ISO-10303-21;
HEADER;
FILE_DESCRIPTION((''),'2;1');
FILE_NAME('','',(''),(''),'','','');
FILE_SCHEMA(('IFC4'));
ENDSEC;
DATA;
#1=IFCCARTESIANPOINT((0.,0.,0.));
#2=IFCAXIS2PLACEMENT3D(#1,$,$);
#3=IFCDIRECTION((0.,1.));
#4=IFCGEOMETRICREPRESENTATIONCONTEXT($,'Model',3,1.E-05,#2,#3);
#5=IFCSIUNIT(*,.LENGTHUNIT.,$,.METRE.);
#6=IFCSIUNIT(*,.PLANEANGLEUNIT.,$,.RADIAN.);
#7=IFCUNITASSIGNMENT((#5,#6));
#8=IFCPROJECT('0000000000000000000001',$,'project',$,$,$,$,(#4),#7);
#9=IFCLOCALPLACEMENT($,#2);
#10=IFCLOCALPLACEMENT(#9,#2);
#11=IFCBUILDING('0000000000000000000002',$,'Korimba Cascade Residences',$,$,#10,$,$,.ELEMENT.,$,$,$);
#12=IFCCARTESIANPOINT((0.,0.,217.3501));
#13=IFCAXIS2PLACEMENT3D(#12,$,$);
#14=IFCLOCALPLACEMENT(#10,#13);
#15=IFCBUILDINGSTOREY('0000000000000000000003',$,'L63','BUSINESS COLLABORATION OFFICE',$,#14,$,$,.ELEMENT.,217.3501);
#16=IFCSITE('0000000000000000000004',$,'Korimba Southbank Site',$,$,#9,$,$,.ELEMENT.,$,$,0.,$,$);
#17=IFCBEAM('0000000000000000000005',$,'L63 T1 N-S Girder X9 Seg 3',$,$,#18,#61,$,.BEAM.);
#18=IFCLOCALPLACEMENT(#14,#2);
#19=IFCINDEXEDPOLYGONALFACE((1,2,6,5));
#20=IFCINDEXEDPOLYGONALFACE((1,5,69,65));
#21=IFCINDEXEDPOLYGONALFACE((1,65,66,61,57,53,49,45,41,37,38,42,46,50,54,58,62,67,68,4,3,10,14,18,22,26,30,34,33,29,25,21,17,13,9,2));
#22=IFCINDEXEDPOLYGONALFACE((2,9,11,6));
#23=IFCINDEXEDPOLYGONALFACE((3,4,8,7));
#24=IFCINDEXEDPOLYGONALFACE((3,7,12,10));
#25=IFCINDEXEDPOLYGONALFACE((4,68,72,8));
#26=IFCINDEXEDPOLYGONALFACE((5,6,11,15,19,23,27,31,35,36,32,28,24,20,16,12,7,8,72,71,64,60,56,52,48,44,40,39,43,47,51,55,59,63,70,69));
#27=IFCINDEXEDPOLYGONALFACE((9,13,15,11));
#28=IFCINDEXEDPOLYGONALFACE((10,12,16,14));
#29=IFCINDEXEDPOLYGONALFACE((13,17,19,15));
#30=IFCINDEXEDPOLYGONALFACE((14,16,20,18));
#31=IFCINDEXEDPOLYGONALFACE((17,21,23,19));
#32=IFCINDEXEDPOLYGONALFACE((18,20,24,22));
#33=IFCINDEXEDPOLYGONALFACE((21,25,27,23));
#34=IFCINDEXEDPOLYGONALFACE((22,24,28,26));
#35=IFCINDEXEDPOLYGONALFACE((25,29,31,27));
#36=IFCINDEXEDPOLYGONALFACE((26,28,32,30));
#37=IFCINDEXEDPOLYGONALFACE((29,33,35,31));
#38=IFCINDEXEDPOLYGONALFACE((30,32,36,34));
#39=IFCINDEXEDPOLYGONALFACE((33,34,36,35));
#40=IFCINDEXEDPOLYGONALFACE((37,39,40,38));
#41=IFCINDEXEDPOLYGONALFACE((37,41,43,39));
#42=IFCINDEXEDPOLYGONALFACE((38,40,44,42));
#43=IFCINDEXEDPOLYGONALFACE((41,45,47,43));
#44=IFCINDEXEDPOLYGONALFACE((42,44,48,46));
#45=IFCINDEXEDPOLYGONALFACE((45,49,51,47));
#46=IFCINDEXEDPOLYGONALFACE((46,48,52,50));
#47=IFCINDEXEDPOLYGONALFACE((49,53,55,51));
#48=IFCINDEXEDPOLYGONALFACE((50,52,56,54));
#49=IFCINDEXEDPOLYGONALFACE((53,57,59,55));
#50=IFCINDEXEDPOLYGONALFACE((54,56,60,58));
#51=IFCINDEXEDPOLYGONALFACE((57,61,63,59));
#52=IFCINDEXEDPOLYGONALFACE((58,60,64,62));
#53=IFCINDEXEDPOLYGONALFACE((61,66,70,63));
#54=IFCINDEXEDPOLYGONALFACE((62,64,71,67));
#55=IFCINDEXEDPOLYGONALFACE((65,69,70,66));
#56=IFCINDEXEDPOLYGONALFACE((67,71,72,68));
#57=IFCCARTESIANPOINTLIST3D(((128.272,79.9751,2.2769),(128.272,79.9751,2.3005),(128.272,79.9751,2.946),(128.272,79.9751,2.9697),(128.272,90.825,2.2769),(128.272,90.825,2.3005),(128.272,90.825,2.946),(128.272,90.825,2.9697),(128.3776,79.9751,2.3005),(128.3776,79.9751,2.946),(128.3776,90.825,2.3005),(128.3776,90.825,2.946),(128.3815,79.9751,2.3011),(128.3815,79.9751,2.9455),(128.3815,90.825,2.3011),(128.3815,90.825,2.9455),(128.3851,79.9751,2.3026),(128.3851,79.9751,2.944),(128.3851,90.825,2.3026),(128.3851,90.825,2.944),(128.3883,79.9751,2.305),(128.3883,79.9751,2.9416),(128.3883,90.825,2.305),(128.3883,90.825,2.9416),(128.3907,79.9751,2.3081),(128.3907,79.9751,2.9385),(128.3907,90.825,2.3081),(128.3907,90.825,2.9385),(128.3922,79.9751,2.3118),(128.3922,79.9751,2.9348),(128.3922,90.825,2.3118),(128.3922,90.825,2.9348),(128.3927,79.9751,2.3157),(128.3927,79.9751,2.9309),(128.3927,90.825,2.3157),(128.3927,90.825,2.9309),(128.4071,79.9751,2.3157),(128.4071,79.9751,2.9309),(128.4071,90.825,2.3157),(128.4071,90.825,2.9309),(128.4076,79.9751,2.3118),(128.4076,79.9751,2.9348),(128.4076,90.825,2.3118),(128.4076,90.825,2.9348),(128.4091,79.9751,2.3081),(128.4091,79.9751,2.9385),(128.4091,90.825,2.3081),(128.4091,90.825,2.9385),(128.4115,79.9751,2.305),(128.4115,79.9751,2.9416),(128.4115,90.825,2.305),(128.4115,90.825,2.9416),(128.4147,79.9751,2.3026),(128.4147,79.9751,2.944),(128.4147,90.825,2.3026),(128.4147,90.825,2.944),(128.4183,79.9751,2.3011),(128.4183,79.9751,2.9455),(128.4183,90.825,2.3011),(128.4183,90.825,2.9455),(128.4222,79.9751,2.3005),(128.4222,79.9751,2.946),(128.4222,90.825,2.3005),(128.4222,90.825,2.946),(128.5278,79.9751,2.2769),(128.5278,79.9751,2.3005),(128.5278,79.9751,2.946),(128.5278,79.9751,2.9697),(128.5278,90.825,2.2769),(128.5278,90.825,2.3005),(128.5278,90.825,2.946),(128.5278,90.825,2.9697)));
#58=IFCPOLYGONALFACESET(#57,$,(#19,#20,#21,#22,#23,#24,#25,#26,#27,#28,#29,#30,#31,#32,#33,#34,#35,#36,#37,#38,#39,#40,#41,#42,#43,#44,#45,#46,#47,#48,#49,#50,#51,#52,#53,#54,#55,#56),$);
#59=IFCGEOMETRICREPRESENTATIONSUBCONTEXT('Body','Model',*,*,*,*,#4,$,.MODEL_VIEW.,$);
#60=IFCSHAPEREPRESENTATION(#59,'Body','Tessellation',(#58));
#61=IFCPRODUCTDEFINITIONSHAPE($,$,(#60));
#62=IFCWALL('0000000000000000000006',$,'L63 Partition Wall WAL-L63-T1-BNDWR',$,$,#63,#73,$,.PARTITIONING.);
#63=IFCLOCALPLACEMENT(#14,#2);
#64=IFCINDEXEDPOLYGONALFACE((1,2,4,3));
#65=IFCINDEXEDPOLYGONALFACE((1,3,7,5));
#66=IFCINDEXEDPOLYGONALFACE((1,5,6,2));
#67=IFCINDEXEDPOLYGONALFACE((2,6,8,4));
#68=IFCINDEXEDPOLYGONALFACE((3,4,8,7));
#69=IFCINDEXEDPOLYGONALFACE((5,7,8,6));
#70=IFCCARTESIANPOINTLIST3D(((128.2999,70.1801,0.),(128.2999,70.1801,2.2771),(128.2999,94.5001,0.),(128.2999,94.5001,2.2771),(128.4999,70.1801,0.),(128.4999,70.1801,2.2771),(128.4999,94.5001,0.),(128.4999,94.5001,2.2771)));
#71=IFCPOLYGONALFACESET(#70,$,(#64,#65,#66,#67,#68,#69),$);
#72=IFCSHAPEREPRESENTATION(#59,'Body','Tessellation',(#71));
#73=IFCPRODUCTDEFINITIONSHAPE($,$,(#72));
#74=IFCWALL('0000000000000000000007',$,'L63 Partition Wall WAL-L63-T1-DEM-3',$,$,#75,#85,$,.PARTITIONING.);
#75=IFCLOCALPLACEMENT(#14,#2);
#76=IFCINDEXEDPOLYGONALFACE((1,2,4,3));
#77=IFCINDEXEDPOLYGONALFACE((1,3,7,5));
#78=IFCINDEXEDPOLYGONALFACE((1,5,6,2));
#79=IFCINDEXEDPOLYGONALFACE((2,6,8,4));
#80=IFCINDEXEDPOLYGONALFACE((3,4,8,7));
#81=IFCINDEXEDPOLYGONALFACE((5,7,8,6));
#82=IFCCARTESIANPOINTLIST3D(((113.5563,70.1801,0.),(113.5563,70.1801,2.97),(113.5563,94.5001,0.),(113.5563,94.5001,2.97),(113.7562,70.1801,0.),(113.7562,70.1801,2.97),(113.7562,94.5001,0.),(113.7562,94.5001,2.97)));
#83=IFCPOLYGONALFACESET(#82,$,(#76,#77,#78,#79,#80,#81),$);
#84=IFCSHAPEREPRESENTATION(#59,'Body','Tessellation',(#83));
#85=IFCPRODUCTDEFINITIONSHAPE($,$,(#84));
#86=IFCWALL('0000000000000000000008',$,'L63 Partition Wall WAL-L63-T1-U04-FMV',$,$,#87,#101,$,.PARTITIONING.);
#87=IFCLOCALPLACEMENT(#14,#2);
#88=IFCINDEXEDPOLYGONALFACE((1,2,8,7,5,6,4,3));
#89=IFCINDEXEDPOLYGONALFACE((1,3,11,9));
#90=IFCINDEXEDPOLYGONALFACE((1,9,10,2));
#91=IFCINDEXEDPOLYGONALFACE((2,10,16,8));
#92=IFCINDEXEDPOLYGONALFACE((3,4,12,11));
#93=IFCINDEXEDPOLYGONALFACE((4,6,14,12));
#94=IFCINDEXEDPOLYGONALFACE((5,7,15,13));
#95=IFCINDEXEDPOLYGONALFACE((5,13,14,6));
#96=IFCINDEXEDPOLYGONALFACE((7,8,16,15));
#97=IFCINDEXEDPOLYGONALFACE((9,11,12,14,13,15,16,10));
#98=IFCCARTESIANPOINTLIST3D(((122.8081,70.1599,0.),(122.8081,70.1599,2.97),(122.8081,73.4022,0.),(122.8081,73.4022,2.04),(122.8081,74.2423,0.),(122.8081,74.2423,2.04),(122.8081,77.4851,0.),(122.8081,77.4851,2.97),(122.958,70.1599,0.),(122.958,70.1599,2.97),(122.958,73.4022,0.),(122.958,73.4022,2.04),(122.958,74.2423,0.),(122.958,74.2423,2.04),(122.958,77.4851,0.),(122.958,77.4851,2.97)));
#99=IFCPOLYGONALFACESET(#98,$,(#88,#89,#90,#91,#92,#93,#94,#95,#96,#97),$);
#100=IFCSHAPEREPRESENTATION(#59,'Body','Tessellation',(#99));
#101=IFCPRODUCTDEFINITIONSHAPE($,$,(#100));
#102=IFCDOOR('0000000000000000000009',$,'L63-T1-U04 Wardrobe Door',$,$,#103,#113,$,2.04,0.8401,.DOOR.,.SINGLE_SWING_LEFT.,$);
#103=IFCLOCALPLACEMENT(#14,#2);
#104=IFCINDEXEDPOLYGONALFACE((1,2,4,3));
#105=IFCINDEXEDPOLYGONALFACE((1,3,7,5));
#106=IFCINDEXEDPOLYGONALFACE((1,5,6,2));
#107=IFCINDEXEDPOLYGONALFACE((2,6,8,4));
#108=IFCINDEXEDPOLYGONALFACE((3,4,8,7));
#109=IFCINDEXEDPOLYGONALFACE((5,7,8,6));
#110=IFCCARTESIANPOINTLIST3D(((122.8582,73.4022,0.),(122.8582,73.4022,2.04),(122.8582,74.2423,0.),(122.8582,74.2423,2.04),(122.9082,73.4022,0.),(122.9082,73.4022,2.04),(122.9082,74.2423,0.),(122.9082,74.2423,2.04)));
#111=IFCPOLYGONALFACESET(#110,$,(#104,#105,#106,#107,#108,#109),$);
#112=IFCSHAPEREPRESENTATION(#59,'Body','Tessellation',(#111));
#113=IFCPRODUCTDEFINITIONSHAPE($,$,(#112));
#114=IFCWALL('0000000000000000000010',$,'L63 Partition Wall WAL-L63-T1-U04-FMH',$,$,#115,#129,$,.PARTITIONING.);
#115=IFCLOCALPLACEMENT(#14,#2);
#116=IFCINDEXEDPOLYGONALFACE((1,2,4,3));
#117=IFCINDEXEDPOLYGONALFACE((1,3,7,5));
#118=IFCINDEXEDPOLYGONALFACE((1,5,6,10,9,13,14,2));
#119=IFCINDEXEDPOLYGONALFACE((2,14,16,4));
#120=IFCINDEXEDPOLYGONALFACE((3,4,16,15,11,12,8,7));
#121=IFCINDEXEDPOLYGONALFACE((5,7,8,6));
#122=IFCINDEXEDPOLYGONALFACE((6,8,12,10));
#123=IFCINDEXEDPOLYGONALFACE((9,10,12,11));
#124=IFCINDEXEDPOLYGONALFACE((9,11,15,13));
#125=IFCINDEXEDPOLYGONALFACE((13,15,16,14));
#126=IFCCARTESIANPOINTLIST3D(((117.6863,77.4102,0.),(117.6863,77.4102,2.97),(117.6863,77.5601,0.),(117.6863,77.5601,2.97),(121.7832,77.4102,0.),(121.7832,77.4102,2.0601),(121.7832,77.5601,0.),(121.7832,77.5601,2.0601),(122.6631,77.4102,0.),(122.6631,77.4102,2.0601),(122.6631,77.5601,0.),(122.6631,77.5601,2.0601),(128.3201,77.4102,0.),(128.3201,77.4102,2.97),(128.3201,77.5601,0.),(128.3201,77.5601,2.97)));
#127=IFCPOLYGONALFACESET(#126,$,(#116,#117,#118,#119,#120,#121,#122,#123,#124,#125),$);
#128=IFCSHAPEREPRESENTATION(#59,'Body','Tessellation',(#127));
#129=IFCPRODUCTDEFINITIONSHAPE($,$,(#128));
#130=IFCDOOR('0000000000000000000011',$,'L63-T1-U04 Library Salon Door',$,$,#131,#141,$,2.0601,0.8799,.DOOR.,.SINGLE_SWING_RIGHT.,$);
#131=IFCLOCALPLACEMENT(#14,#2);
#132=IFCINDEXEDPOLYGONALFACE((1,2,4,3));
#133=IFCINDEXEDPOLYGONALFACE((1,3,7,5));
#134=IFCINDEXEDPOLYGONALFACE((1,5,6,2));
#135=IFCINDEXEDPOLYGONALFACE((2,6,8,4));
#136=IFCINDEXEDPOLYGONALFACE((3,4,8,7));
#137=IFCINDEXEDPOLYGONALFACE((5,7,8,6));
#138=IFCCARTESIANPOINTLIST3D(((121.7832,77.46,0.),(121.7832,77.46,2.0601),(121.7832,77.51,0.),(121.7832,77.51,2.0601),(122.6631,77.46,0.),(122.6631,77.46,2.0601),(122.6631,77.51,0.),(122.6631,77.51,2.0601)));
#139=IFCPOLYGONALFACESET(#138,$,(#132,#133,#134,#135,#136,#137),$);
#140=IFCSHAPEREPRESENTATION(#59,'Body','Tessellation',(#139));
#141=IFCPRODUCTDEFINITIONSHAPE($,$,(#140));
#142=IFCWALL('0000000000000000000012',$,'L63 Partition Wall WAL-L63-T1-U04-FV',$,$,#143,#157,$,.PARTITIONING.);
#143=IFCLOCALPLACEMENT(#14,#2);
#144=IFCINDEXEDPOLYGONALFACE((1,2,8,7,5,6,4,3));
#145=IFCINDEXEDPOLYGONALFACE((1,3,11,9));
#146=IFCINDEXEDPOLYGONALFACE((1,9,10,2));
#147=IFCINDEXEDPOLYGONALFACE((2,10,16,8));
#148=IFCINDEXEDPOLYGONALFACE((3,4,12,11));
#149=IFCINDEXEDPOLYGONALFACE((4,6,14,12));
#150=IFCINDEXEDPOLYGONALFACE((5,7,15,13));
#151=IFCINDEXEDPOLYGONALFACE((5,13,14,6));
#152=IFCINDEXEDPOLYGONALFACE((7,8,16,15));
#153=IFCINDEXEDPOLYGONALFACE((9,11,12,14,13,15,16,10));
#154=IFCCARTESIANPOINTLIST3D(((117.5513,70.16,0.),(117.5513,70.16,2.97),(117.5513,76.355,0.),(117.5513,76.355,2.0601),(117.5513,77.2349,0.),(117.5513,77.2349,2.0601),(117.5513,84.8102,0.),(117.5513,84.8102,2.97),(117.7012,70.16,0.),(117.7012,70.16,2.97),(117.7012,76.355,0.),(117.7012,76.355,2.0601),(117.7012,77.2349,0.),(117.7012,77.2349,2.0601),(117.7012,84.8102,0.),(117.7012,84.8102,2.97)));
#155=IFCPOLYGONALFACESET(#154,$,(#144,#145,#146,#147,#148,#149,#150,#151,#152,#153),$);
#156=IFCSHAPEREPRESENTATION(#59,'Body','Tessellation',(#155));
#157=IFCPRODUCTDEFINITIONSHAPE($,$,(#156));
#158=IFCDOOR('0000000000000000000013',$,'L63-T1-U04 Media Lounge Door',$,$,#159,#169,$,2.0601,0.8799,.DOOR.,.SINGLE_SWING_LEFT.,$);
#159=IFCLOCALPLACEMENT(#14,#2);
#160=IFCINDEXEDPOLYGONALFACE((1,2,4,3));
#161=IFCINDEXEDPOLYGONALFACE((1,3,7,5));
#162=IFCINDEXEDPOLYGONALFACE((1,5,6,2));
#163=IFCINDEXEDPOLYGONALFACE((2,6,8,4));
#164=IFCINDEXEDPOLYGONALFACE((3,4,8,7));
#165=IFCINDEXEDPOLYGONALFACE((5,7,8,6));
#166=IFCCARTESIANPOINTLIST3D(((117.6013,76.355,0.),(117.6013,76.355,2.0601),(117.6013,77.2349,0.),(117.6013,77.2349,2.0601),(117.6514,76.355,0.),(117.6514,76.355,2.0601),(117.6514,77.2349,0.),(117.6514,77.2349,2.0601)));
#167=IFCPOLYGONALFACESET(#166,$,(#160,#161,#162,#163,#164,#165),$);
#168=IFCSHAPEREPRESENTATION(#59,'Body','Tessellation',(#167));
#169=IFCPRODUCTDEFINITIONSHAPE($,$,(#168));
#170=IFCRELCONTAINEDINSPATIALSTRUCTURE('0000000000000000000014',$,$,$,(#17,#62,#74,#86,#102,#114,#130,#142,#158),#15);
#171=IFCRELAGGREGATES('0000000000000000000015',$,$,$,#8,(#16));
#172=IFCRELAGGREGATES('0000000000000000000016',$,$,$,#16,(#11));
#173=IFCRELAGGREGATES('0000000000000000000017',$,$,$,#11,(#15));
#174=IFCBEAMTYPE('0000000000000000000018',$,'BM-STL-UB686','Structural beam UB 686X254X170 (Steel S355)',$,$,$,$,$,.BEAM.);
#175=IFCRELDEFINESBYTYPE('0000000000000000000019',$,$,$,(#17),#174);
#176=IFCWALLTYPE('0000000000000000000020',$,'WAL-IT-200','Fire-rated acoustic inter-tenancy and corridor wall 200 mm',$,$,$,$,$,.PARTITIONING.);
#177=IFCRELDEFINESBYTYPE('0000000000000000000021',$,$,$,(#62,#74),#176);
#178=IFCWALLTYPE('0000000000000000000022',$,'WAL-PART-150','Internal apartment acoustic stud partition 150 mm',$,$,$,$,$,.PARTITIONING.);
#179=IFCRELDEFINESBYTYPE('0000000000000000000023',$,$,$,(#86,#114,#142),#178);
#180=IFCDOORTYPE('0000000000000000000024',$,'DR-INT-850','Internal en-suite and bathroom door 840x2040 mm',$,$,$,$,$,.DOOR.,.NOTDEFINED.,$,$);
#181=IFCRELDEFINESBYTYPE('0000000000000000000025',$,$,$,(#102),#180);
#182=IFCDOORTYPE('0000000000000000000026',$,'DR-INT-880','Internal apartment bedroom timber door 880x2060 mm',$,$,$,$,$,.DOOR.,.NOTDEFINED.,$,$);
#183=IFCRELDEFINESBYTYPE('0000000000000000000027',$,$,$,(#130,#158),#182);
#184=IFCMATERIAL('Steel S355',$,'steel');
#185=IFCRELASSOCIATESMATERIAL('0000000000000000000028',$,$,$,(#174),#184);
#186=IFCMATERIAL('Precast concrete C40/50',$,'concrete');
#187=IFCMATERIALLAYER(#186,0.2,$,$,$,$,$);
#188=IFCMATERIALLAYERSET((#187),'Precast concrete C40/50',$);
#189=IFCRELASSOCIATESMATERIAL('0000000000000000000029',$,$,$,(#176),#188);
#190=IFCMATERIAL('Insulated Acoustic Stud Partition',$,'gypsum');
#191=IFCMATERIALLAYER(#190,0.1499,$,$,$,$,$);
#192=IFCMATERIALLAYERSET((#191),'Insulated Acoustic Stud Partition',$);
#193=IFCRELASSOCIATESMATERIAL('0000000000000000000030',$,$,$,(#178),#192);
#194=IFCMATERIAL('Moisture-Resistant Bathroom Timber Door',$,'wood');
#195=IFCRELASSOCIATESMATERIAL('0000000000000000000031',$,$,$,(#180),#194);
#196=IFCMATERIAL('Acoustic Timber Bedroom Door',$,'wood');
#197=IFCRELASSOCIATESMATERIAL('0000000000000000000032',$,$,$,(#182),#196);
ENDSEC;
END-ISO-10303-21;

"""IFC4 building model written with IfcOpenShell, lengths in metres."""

from ifc_helpers import new_model, si_unit, direction, frame, frame_2d, origin, origin_2d, place, context, subcontext, project, spatial, rectangle, i_section, extrude, material, layer, layer_set, material_profile, profile_set, type_object, element, fill, save


model = new_model("IFC4")

# Units and contexts
model_context = context("Model", 3, precision=1e-05, world=origin(), true_north=direction((0.0, 1.0)))
body_context = subcontext(model_context, "Body", "Model", "MODEL_VIEW")
ifc_project = project(units=[si_unit("LENGTHUNIT", "METRE"), si_unit("PLANEANGLEUNIT", "RADIAN")], contexts=[model_context])

# Site, building, storey
site_placement = place(None, origin())
site = spatial("IfcSite", under=ifc_project, at=site_placement, Name="Korimba Southbank Site", CompositionType="ELEMENT", RefElevation=0.0)
building_placement = place(site_placement, origin())
building = spatial("IfcBuilding", under=site, at=building_placement, Name="Korimba Cascade Residences", CompositionType="ELEMENT")
storey_placement = place(building_placement, frame((0.0, 0.0, 217.3501)))
storey = spatial("IfcBuildingStorey", under=building, at=storey_placement, Name="L63", Description="BUSINESS COLLABORATION OFFICE", CompositionType="ELEMENT", Elevation=217.3501)

# Beam
ifc_material_1 = material(Name="Steel S355", Category="steel")
ifc_material_profile_1 = material_profile(ifc_material_1, i_section(OverallWidth=0.2559, OverallDepth=0.6929, WebThickness=0.0144, FlangeThickness=0.0237, FilletRadius=0.0151, at=origin_2d()), Name="Steel S355")
ifc_profile_set_1 = profile_set([ifc_material_profile_1], Name="Steel S355")
beam_type_1 = type_object("IfcBeamType", Name="BM-STL-UB686", Description="Structural beam UB 686X254X170 (Steel S355)", PredefinedType="BEAM", material=ifc_profile_set_1)
for number, where, z_axis, x_axis, name in (
    (1, (128.3999, 79.9751, 2.6233), (0.0, 1.0, 0.0), (-1.0, 0.0, 0.0), "L63 T1 N-S Girder X9 Seg 3"),
):
    element("IfcBeam", number, at=place(storey_placement, frame(where, z_axis=z_axis, x_axis=x_axis)), inside=storey, type_object=beam_type_1, Name=name, PredefinedType="BEAM", context=body_context, shape_type="SweptSolid", body=[
        extrude(i_section(OverallWidth=0.2559, OverallDepth=0.6929, WebThickness=0.0144, FlangeThickness=0.0237, FilletRadius=0.0151, at=origin_2d()), origin(), (0.0, 0.0, 1.0), 10.8499),
    ])

# Walls
ifc_material_2 = material(Name="Precast concrete C40/50", Category="concrete")
ifc_layer_1 = layer(ifc_material_2, 0.2)
ifc_layer_set_1 = layer_set([ifc_layer_1], Name="Precast concrete C40/50")
wall_type_1 = type_object("IfcWallType", Name="WAL-IT-200", Description="Fire-rated acoustic inter-tenancy and corridor wall 200 mm", PredefinedType="PARTITIONING", material=ifc_layer_set_1)
wall_1_placement = place(storey_placement, frame((128.3999, 70.1799, 0.0), z_axis=(0.0, 0.0, 1.0), x_axis=(0.0, 1.0, 0.0)))
element("IfcWall", 2, at=wall_1_placement, inside=storey, type_object=wall_type_1, Name="L63 Partition Wall WAL-L63-T1-BNDWR", PredefinedType="PARTITIONING", context=body_context, shape_type="SweptSolid", body=[
    extrude(rectangle(XDim=24.3201, YDim=0.2, at=frame_2d((12.1602, 0.0))), origin(), (0.0, 0.0, 1.0), 2.2771),
])
wall_2_placement = place(storey_placement, frame((113.6562, 70.1799, 0.0), z_axis=(0.0, 0.0, 1.0), x_axis=(0.0, 1.0, 0.0)))
element("IfcWall", 3, at=wall_2_placement, inside=storey, type_object=wall_type_1, Name="L63 Partition Wall WAL-L63-T1-DEM-3", PredefinedType="PARTITIONING", context=body_context, shape_type="SweptSolid", body=[
    extrude(rectangle(XDim=24.3201, YDim=0.2, at=frame_2d((12.1602, 0.0))), origin(), (0.0, 0.0, 1.0), 2.97),
])

# Walls, openings, doors
ifc_material_3 = material(Name="Insulated Acoustic Stud Partition", Category="gypsum")
ifc_layer_2 = layer(ifc_material_3, 0.1499)
ifc_layer_set_2 = layer_set([ifc_layer_2], Name="Insulated Acoustic Stud Partition")
wall_type_2 = type_object("IfcWallType", Name="WAL-PART-150", Description="Internal apartment acoustic stud partition 150 mm", PredefinedType="PARTITIONING", material=ifc_layer_set_2)
wall_3_placement = place(storey_placement, frame((122.8831, 70.1599, 0.0), z_axis=(0.0, 0.0, 1.0), x_axis=(0.0, 1.0, 0.0)))
wall_3 = element("IfcWall", 4, at=wall_3_placement, inside=storey, type_object=wall_type_2, Name="L63 Partition Wall WAL-L63-T1-U04-FMV", PredefinedType="PARTITIONING", context=body_context, shape_type="SweptSolid", body=[
    extrude(rectangle(XDim=7.3252, YDim=0.1499, at=frame_2d((3.6626, 0.0))), origin(), (0.0, 0.0, 1.0), 2.97),
])
opening_1_placement = place(wall_3_placement, frame((3.2424, 0.0, 0.0)))
opening_1 = element("IfcOpeningElement", 5, at=opening_1_placement, cuts=wall_3, PredefinedType="OPENING", context=body_context, shape_type="SweptSolid", body=[
    extrude(rectangle(XDim=0.8401, YDim=2.04, at=frame_2d((0.4199, 1.02))), frame((0.0, 0.085, 0.0), z_axis=(0.0, -1.0, 0.0), x_axis=(1.0, 0.0, 0.0)), (0.0, 0.0, 1.0), 0.1699),
])
ifc_material_4 = material(Name="Moisture-Resistant Bathroom Timber Door", Category="wood")
door_type_1 = type_object("IfcDoorType", Name="DR-INT-850", Description="Internal en-suite and bathroom door 840x2040 mm", OperationType="NOTDEFINED", PredefinedType="DOOR", material=ifc_material_4)
door_1_placement = place(opening_1_placement, origin())
door_1 = element("IfcDoor", 6, at=door_1_placement, inside=storey, type_object=door_type_1, Name="L63-T1-U04 Wardrobe Door", OperationType="SINGLE_SWING_LEFT", OverallHeight=2.04, OverallWidth=0.8401, PredefinedType="DOOR", context=body_context, shape_type="SweptSolid", body=[
    extrude(rectangle(XDim=0.8401, YDim=2.04, at=frame_2d((0.4199, 1.02))), frame((0.0, 0.0249, 0.0), z_axis=(0.0, -1.0, 0.0), x_axis=(1.0, 0.0, 0.0)), (0.0, 0.0, 1.0), 0.05),
])
fill(opening_1, door_1)
wall_4_placement = place(storey_placement, frame((117.6863, 77.4851, 0.0), z_axis=(0.0, 0.0, 1.0), x_axis=(1.0, 0.0, 0.0)))
wall_4 = element("IfcWall", 7, at=wall_4_placement, inside=storey, type_object=wall_type_2, Name="L63 Partition Wall WAL-L63-T1-U04-FMH", PredefinedType="PARTITIONING", context=body_context, shape_type="SweptSolid", body=[
    extrude(rectangle(XDim=10.6338, YDim=0.1499, at=frame_2d((5.3169, 0.0))), origin(), (0.0, 0.0, 1.0), 2.97),
])
opening_2_placement = place(wall_4_placement, frame((4.0969, 0.0, 0.0)))
opening_2 = element("IfcOpeningElement", 8, at=opening_2_placement, cuts=wall_4, PredefinedType="OPENING", context=body_context, shape_type="SweptSolid", body=[
    extrude(rectangle(XDim=0.8799, YDim=2.0601, at=frame_2d((0.4399, 1.03))), frame((0.0, 0.085, 0.0), z_axis=(0.0, -1.0, 0.0), x_axis=(1.0, 0.0, 0.0)), (0.0, 0.0, 1.0), 0.1699),
])
ifc_material_5 = material(Name="Acoustic Timber Bedroom Door", Category="wood")
door_type_2 = type_object("IfcDoorType", Name="DR-INT-880", Description="Internal apartment bedroom timber door 880x2060 mm", OperationType="NOTDEFINED", PredefinedType="DOOR", material=ifc_material_5)
door_2_placement = place(opening_2_placement, origin())
door_2 = element("IfcDoor", 9, at=door_2_placement, inside=storey, type_object=door_type_2, Name="L63-T1-U04 Library Salon Door", OperationType="SINGLE_SWING_RIGHT", OverallHeight=2.0601, OverallWidth=0.8799, PredefinedType="DOOR", context=body_context, shape_type="SweptSolid", body=[
    extrude(rectangle(XDim=0.8799, YDim=2.0601, at=frame_2d((0.4399, 1.03))), frame((0.0, 0.0249, 0.0), z_axis=(0.0, -1.0, 0.0), x_axis=(1.0, 0.0, 0.0)), (0.0, 0.0, 1.0), 0.05),
])
fill(opening_2, door_2)
wall_5_placement = place(storey_placement, frame((117.6262, 70.1599, 0.0), z_axis=(0.0, 0.0, 1.0), x_axis=(0.0, 1.0, 0.0)))
wall_5 = element("IfcWall", 10, at=wall_5_placement, inside=storey, type_object=wall_type_2, Name="L63 Partition Wall WAL-L63-T1-U04-FV", PredefinedType="PARTITIONING", context=body_context, shape_type="SweptSolid", body=[
    extrude(rectangle(XDim=14.6501, YDim=0.1499, at=frame_2d((7.3252, 0.0))), origin(), (0.0, 0.0, 1.0), 2.97),
])
opening_3_placement = place(wall_5_placement, frame((6.1951, 0.0, 0.0)))
opening_3 = element("IfcOpeningElement", 11, at=opening_3_placement, cuts=wall_5, PredefinedType="OPENING", context=body_context, shape_type="SweptSolid", body=[
    extrude(rectangle(XDim=0.8799, YDim=2.0601, at=frame_2d((0.4399, 1.03))), frame((0.0, 0.085, 0.0), z_axis=(0.0, -1.0, 0.0), x_axis=(1.0, 0.0, 0.0)), (0.0, 0.0, 1.0), 0.1699),
])
door_3_placement = place(opening_3_placement, origin())
door_3 = element("IfcDoor", 12, at=door_3_placement, inside=storey, type_object=door_type_2, Name="L63-T1-U04 Media Lounge Door", OperationType="SINGLE_SWING_LEFT", OverallHeight=2.0601, OverallWidth=0.8799, PredefinedType="DOOR", context=body_context, shape_type="SweptSolid", body=[
    extrude(rectangle(XDim=0.8799, YDim=2.0601, at=frame_2d((0.4399, 1.03))), frame((0.0, 0.0249, 0.0), z_axis=(0.0, -1.0, 0.0), x_axis=(1.0, 0.0, 0.0)), (0.0, 0.0, 1.0), 0.05),
])
fill(opening_3, door_3)

save(model, "model.ifc")
